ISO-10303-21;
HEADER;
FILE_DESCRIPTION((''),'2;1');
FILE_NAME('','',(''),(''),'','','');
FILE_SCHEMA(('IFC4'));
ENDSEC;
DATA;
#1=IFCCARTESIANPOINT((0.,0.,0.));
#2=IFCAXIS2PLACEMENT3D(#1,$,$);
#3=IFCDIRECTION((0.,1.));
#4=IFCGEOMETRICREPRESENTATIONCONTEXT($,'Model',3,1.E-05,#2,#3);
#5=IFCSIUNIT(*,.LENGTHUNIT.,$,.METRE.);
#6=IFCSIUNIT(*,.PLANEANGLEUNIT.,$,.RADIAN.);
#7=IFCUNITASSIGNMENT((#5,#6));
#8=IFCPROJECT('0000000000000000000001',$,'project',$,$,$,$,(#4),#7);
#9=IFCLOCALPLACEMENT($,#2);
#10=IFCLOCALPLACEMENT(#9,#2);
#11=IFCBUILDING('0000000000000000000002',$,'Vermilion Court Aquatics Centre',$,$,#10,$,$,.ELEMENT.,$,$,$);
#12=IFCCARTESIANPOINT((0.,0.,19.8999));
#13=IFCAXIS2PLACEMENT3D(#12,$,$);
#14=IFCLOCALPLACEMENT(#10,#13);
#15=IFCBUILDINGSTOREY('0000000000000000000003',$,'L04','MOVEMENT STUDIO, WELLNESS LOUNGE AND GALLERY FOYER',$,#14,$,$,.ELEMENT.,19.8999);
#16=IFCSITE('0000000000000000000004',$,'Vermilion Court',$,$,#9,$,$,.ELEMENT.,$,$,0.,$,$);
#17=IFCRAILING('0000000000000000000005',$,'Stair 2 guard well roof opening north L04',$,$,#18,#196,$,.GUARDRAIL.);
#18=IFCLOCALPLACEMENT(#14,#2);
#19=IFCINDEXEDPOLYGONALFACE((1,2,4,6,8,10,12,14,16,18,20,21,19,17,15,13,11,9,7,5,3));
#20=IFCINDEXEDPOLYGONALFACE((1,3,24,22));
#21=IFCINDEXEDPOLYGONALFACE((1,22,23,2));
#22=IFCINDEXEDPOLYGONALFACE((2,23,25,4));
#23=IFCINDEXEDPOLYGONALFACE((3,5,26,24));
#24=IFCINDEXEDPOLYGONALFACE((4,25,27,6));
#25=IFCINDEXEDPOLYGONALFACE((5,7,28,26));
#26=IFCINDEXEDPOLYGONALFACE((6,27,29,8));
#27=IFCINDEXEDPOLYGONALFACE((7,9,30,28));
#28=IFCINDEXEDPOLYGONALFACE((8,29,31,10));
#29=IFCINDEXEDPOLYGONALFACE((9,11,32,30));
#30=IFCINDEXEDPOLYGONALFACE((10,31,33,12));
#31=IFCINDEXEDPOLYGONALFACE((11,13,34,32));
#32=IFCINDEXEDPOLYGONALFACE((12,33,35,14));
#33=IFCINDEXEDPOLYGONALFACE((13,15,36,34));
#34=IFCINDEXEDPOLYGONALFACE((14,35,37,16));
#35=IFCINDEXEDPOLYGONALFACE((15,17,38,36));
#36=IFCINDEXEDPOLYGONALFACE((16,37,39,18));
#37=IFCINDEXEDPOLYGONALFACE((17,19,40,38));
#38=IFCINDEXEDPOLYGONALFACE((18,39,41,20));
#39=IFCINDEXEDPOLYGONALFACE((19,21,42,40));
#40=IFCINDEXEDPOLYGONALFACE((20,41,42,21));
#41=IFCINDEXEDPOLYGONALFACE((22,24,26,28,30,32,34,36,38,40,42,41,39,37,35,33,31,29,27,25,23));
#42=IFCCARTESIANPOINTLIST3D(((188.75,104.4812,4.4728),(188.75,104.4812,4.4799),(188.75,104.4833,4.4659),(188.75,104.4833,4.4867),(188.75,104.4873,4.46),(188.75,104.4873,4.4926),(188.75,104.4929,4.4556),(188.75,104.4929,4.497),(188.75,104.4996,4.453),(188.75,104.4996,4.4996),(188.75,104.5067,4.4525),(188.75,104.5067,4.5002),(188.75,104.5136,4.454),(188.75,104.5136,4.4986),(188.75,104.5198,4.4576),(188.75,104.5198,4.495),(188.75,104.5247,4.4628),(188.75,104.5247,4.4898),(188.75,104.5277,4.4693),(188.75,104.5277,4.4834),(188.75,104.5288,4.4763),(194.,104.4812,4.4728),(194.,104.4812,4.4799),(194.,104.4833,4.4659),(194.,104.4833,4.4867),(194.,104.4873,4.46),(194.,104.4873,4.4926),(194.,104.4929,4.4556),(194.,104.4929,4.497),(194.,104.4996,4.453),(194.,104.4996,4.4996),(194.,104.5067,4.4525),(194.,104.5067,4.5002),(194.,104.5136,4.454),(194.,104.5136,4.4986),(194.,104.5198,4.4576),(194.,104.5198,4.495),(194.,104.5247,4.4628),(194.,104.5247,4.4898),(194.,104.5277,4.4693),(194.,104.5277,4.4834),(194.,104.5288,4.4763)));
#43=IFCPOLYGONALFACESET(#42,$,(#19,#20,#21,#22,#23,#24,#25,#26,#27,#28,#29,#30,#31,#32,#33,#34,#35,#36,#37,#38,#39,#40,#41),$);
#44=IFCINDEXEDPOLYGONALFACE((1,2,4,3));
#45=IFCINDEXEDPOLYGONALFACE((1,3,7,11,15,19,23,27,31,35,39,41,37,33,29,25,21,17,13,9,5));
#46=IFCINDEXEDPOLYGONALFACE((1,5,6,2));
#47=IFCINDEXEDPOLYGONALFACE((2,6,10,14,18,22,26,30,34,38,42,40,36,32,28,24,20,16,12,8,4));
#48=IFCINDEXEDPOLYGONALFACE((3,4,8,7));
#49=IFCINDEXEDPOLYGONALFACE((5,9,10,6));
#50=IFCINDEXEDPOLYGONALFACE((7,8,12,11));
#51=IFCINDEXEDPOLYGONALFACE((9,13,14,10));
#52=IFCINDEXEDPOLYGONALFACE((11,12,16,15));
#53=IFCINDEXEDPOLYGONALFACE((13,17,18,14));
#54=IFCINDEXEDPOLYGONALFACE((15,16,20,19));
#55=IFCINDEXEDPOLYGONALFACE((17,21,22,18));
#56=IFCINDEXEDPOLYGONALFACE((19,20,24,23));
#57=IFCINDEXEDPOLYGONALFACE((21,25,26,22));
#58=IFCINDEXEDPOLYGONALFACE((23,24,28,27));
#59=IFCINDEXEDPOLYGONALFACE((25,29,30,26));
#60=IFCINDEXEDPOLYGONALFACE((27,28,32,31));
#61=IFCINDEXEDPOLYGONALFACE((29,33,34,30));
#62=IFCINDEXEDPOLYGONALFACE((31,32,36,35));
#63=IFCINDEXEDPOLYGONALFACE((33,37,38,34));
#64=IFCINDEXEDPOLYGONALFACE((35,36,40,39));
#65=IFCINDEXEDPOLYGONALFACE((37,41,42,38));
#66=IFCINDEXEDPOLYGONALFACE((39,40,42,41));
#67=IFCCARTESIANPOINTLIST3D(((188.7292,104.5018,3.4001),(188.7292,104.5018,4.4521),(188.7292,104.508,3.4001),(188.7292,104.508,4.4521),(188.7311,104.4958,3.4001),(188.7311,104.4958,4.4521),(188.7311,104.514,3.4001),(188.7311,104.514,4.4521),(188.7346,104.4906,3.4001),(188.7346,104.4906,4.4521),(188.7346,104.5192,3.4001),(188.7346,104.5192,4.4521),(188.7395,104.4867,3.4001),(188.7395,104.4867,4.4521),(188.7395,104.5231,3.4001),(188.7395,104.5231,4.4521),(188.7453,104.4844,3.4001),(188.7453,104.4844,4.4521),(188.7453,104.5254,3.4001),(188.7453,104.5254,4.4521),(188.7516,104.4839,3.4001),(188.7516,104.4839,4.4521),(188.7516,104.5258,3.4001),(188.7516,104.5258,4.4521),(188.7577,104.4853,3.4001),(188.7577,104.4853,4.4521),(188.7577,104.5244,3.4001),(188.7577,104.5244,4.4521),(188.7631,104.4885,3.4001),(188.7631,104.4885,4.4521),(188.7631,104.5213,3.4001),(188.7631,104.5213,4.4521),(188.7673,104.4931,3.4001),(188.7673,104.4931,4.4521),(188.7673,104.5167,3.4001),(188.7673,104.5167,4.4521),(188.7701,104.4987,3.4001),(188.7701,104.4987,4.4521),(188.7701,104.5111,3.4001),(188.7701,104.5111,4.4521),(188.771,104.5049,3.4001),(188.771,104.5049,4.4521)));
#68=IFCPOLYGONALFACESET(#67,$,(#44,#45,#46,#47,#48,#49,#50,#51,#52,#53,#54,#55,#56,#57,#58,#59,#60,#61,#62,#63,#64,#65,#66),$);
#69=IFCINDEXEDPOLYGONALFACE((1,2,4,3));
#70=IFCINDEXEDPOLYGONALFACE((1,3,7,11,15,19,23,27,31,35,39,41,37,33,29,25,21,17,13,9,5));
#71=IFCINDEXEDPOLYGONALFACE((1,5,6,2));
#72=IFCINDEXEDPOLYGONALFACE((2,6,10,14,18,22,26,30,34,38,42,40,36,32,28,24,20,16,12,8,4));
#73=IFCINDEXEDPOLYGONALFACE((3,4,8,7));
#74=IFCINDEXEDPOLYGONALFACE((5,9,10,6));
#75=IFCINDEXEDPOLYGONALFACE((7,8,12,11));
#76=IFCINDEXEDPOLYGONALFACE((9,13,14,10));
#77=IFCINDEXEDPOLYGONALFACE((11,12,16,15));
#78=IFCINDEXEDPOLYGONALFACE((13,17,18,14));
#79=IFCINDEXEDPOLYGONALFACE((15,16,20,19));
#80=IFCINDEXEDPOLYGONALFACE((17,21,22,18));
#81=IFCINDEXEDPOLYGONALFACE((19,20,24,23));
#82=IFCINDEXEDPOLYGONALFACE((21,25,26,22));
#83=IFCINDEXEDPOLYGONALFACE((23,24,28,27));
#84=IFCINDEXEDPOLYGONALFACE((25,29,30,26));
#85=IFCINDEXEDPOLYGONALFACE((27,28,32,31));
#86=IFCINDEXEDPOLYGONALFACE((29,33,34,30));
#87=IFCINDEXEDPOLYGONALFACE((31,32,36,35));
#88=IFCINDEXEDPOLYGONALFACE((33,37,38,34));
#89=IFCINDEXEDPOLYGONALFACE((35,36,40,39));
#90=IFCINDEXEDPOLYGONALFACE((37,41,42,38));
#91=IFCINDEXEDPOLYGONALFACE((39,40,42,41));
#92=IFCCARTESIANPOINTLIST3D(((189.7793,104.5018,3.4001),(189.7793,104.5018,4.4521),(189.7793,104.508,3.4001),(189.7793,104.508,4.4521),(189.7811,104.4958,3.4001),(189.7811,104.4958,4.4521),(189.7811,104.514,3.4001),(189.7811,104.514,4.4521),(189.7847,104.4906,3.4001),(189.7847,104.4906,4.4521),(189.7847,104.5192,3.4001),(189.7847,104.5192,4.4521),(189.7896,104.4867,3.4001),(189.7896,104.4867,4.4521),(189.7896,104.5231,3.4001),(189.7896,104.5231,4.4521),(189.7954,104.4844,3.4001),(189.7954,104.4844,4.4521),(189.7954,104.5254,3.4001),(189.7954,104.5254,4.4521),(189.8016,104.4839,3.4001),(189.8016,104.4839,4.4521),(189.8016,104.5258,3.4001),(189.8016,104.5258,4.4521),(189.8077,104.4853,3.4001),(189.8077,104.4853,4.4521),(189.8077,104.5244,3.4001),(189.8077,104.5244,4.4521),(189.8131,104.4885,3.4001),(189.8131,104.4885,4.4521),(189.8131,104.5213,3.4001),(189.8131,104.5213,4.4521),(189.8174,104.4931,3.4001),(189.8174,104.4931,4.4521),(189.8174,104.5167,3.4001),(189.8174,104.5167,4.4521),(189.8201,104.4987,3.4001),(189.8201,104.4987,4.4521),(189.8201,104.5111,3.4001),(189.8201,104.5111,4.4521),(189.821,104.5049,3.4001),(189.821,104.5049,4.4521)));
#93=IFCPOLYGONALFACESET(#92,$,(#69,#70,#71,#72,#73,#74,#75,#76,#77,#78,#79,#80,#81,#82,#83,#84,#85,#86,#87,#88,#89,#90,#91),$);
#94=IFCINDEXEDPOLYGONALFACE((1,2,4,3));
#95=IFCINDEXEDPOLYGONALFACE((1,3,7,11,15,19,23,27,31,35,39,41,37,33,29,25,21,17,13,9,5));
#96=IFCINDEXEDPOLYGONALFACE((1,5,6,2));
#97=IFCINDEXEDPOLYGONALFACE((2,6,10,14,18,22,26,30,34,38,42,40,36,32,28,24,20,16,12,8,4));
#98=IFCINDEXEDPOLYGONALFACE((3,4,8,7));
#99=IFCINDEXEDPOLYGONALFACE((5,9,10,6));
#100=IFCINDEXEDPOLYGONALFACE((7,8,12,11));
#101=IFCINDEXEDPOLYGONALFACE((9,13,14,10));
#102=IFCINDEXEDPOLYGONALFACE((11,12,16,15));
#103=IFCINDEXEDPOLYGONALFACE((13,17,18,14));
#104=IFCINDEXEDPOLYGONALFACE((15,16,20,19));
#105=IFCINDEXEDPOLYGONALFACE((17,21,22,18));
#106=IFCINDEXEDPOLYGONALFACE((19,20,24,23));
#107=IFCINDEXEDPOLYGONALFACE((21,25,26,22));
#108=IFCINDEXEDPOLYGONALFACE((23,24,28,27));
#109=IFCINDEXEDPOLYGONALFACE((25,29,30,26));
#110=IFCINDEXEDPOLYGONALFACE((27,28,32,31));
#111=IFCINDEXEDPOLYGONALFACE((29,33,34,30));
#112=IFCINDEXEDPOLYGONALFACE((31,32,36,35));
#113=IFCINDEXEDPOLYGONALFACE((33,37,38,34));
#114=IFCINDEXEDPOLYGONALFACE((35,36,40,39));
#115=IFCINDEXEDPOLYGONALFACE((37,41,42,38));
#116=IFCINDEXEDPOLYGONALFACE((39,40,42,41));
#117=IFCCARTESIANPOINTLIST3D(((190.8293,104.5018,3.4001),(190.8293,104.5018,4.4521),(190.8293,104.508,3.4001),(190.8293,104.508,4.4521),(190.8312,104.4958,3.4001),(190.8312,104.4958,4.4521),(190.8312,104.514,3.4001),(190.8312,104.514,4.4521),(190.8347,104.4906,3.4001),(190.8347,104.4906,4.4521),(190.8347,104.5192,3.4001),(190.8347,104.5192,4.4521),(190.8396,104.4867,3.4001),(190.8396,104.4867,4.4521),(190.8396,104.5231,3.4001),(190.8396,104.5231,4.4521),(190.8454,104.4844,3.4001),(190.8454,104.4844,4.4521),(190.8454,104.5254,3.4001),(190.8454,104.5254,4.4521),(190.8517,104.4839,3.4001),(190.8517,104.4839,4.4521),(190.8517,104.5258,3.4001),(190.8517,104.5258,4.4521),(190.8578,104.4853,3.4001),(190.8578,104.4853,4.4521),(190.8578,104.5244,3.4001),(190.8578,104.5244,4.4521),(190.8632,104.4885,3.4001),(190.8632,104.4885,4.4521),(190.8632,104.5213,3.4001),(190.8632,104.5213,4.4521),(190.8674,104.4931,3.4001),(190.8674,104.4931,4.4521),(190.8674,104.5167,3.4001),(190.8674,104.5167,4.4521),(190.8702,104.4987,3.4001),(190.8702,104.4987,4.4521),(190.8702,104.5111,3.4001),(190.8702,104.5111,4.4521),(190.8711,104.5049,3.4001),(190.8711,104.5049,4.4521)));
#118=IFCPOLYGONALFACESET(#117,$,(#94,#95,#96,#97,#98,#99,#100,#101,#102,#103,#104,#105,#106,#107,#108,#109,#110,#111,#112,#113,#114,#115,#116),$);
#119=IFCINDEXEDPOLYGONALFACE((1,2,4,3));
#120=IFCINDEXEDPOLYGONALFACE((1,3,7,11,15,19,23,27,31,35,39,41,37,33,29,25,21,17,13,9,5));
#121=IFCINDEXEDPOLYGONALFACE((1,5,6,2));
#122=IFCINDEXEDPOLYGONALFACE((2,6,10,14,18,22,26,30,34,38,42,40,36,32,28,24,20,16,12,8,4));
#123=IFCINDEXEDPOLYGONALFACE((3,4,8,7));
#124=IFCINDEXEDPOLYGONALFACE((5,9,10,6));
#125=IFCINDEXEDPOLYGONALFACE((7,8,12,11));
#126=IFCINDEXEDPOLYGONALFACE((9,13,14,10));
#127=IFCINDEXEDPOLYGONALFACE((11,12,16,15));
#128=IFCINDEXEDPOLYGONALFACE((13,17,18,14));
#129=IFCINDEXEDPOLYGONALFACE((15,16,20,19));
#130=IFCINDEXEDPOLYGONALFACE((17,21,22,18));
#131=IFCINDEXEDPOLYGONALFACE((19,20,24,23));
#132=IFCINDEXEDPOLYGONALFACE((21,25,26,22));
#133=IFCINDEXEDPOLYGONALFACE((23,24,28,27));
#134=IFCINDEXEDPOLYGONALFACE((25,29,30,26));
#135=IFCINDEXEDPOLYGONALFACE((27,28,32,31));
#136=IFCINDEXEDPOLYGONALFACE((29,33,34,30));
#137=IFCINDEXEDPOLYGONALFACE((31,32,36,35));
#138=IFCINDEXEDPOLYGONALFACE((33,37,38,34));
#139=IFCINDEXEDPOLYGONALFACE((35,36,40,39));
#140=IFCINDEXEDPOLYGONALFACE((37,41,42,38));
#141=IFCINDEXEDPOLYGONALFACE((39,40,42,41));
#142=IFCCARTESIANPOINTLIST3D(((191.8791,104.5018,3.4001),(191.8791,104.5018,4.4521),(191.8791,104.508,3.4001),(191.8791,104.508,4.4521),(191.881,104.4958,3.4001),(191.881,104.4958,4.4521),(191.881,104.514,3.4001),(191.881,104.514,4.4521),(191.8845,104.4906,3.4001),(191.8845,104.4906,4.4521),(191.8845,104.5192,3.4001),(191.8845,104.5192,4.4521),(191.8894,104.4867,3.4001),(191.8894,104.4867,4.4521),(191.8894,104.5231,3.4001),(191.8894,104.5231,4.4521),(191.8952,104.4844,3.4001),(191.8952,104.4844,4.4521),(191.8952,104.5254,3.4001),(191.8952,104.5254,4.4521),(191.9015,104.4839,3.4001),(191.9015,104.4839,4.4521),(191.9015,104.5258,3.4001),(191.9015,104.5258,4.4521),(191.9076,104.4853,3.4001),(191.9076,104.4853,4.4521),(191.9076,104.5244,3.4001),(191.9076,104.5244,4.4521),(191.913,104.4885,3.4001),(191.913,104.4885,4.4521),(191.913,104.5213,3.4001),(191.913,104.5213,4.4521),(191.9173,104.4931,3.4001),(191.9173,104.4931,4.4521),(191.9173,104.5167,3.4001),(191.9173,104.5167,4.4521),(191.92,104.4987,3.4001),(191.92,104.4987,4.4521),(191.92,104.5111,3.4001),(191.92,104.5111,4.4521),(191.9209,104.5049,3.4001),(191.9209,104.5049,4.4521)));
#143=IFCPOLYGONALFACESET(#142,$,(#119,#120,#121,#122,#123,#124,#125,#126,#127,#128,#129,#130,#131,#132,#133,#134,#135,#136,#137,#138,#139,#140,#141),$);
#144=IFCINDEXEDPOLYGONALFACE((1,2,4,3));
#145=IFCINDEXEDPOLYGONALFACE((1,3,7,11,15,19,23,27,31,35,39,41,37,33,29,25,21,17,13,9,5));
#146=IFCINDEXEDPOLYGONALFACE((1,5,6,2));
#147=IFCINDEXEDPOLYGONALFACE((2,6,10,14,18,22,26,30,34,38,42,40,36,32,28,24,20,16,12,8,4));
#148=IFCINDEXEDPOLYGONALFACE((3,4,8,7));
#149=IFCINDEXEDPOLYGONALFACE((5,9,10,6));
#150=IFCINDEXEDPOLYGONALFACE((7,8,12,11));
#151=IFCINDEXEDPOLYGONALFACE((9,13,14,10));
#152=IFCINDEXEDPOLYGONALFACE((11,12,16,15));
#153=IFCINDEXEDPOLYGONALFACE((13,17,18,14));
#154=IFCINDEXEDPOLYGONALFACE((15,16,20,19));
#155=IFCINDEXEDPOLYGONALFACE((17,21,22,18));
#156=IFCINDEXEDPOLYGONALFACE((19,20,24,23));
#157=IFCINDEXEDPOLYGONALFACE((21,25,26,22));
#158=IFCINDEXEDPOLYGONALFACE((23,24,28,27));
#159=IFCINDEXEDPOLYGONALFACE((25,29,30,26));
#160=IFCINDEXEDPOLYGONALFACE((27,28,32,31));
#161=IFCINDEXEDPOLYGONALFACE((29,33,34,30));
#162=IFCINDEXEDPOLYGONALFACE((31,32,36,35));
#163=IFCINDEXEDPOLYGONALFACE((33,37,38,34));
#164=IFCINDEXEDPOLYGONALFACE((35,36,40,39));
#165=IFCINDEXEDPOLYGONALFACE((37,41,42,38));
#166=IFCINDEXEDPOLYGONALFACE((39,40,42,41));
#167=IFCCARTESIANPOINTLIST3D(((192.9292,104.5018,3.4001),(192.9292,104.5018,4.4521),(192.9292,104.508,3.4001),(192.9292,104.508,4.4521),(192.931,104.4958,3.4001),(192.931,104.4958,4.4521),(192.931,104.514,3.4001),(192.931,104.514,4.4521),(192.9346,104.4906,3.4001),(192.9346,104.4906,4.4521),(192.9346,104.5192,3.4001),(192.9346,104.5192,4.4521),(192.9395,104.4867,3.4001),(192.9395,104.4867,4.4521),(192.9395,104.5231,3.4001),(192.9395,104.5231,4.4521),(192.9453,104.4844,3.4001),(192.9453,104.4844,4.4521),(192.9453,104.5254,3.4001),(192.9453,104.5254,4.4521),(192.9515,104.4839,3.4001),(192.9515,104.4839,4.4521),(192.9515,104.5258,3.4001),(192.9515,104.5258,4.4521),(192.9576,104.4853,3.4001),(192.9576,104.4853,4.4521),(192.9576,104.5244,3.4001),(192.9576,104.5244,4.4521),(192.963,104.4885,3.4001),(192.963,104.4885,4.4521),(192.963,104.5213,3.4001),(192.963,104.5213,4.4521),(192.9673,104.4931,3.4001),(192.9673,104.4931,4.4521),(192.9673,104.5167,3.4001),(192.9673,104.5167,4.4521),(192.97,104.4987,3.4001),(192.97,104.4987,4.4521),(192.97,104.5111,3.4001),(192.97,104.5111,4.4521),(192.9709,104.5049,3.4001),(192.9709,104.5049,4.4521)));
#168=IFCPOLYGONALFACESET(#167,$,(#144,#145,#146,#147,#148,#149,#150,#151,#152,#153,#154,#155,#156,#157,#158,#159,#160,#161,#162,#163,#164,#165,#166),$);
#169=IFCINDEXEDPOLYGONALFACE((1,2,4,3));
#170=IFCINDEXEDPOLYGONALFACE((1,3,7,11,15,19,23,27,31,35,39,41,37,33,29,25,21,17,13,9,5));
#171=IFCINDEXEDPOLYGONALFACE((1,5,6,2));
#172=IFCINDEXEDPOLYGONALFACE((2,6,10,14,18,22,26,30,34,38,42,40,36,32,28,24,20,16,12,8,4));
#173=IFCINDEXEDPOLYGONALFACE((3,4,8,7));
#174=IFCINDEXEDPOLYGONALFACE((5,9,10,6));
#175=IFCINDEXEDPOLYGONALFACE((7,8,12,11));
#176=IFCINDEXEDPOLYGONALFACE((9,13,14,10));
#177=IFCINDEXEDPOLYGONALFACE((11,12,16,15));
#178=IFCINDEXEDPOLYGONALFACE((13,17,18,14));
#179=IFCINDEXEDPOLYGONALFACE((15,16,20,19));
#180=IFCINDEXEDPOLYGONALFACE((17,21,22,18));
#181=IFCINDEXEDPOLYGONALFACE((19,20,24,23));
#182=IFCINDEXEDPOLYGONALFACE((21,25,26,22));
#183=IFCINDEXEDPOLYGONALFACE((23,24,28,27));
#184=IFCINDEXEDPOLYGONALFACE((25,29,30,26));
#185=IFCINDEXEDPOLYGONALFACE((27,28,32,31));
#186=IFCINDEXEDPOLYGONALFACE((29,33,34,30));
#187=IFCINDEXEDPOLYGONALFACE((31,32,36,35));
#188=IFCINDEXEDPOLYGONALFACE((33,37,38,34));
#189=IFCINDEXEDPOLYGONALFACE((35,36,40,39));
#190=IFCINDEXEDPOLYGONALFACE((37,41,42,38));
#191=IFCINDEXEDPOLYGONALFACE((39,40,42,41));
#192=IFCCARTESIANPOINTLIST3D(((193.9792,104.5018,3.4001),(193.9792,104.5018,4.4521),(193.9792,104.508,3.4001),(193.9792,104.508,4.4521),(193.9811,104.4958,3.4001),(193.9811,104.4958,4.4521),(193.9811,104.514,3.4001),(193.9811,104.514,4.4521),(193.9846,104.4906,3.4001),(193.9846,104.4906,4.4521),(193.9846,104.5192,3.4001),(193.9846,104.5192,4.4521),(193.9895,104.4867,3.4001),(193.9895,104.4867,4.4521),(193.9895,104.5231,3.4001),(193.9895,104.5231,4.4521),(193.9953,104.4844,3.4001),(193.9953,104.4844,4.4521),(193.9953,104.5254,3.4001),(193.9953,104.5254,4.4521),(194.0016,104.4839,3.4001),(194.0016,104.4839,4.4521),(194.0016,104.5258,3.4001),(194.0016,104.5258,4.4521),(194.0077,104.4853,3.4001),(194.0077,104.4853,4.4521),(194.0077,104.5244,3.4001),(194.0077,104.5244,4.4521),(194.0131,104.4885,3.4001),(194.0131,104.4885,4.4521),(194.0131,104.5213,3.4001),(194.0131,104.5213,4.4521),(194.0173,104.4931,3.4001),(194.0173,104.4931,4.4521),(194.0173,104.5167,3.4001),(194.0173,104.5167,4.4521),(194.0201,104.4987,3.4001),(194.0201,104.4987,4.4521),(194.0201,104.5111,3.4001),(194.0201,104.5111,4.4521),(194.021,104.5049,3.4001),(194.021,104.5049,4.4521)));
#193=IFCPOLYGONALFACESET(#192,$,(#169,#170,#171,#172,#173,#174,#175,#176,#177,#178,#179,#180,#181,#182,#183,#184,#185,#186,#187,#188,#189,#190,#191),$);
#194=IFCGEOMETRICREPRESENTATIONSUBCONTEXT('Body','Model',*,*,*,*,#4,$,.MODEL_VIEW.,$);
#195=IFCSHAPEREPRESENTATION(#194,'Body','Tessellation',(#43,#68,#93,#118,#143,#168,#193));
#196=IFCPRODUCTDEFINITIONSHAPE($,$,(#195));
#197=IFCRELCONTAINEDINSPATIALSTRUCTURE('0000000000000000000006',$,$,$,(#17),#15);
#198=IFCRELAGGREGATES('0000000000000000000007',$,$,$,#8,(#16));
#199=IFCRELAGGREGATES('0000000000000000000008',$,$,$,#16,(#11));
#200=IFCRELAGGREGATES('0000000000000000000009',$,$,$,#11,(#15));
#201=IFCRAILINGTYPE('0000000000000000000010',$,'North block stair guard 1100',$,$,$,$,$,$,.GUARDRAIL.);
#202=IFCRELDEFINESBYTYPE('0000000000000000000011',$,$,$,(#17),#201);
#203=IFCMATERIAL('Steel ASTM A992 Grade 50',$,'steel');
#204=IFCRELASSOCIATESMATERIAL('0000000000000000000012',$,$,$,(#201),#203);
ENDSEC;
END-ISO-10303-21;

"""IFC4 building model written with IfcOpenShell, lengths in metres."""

from ifc_helpers import new_model, si_unit, direction, frame, origin, origin_2d, place, context, subcontext, project, spatial, circle, extrude, material, type_object, element, save


model = new_model("IFC4")

# Units and contexts
model_context = context("Model", 3, precision=1e-05, world=origin(), true_north=direction((0.0, 1.0)))
body_context = subcontext(model_context, "Body", "Model", "MODEL_VIEW")
ifc_project = project(units=[si_unit("LENGTHUNIT", "METRE"), si_unit("PLANEANGLEUNIT", "RADIAN")], contexts=[model_context])

# Site, building, storey
site_placement = place(None, origin())
site = spatial("IfcSite", under=ifc_project, at=site_placement, Name="Vermilion Court", CompositionType="ELEMENT", RefElevation=0.0)
building_placement = place(site_placement, origin())
building = spatial("IfcBuilding", under=site, at=building_placement, Name="Vermilion Court Aquatics Centre", CompositionType="ELEMENT")
storey_placement = place(building_placement, frame((0.0, 0.0, 19.8999)))
storey = spatial("IfcBuildingStorey", under=building, at=storey_placement, Name="L04", Description="MOVEMENT STUDIO, WELLNESS LOUNGE AND GALLERY FOYER", CompositionType="ELEMENT", Elevation=19.8999)

# Railing
ifc_material_1 = material(Name="Steel ASTM A992 Grade 50", Category="steel")
railing_type_1 = type_object("IfcRailingType", Name="North block stair guard 1100", PredefinedType="GUARDRAIL", material=ifc_material_1)
for number, where, name in (
    (1, (188.75, 104.5049, 3.4001), "Stair 2 guard well roof opening north L04"),
):
    element("IfcRailing", number, at=place(storey_placement, frame(where)), inside=storey, type_object=railing_type_1, Name=name, PredefinedType="GUARDRAIL", context=body_context, shape_type="SweptSolid", body=[
        extrude(circle(Radius=0.0239, at=origin_2d()), frame((0.0, 0.0, 1.0762), z_axis=(1.0, 0.0, 0.0), x_axis=(0.0, 1.0, 0.0)), (0.0, 0.0, 1.0), 5.25),
        extrude(circle(Radius=0.021, at=origin_2d()), origin(), (0.0, 0.0, 1.0), 1.052),
        extrude(circle(Radius=0.021, at=origin_2d()), frame((1.05, 0.0, 0.0)), (0.0, 0.0, 1.0), 1.052),
        extrude(circle(Radius=0.021, at=origin_2d()), frame((2.1001, 0.0, 0.0)), (0.0, 0.0, 1.0), 1.052),
        extrude(circle(Radius=0.021, at=origin_2d()), frame((3.1499, 0.0, 0.0)), (0.0, 0.0, 1.0), 1.052),
        extrude(circle(Radius=0.021, at=origin_2d()), frame((4.2, 0.0, 0.0)), (0.0, 0.0, 1.0), 1.052),
        extrude(circle(Radius=0.021, at=origin_2d()), frame((5.25, 0.0, 0.0)), (0.0, 0.0, 1.0), 1.052),
    ])

save(model, "model.ifc")
